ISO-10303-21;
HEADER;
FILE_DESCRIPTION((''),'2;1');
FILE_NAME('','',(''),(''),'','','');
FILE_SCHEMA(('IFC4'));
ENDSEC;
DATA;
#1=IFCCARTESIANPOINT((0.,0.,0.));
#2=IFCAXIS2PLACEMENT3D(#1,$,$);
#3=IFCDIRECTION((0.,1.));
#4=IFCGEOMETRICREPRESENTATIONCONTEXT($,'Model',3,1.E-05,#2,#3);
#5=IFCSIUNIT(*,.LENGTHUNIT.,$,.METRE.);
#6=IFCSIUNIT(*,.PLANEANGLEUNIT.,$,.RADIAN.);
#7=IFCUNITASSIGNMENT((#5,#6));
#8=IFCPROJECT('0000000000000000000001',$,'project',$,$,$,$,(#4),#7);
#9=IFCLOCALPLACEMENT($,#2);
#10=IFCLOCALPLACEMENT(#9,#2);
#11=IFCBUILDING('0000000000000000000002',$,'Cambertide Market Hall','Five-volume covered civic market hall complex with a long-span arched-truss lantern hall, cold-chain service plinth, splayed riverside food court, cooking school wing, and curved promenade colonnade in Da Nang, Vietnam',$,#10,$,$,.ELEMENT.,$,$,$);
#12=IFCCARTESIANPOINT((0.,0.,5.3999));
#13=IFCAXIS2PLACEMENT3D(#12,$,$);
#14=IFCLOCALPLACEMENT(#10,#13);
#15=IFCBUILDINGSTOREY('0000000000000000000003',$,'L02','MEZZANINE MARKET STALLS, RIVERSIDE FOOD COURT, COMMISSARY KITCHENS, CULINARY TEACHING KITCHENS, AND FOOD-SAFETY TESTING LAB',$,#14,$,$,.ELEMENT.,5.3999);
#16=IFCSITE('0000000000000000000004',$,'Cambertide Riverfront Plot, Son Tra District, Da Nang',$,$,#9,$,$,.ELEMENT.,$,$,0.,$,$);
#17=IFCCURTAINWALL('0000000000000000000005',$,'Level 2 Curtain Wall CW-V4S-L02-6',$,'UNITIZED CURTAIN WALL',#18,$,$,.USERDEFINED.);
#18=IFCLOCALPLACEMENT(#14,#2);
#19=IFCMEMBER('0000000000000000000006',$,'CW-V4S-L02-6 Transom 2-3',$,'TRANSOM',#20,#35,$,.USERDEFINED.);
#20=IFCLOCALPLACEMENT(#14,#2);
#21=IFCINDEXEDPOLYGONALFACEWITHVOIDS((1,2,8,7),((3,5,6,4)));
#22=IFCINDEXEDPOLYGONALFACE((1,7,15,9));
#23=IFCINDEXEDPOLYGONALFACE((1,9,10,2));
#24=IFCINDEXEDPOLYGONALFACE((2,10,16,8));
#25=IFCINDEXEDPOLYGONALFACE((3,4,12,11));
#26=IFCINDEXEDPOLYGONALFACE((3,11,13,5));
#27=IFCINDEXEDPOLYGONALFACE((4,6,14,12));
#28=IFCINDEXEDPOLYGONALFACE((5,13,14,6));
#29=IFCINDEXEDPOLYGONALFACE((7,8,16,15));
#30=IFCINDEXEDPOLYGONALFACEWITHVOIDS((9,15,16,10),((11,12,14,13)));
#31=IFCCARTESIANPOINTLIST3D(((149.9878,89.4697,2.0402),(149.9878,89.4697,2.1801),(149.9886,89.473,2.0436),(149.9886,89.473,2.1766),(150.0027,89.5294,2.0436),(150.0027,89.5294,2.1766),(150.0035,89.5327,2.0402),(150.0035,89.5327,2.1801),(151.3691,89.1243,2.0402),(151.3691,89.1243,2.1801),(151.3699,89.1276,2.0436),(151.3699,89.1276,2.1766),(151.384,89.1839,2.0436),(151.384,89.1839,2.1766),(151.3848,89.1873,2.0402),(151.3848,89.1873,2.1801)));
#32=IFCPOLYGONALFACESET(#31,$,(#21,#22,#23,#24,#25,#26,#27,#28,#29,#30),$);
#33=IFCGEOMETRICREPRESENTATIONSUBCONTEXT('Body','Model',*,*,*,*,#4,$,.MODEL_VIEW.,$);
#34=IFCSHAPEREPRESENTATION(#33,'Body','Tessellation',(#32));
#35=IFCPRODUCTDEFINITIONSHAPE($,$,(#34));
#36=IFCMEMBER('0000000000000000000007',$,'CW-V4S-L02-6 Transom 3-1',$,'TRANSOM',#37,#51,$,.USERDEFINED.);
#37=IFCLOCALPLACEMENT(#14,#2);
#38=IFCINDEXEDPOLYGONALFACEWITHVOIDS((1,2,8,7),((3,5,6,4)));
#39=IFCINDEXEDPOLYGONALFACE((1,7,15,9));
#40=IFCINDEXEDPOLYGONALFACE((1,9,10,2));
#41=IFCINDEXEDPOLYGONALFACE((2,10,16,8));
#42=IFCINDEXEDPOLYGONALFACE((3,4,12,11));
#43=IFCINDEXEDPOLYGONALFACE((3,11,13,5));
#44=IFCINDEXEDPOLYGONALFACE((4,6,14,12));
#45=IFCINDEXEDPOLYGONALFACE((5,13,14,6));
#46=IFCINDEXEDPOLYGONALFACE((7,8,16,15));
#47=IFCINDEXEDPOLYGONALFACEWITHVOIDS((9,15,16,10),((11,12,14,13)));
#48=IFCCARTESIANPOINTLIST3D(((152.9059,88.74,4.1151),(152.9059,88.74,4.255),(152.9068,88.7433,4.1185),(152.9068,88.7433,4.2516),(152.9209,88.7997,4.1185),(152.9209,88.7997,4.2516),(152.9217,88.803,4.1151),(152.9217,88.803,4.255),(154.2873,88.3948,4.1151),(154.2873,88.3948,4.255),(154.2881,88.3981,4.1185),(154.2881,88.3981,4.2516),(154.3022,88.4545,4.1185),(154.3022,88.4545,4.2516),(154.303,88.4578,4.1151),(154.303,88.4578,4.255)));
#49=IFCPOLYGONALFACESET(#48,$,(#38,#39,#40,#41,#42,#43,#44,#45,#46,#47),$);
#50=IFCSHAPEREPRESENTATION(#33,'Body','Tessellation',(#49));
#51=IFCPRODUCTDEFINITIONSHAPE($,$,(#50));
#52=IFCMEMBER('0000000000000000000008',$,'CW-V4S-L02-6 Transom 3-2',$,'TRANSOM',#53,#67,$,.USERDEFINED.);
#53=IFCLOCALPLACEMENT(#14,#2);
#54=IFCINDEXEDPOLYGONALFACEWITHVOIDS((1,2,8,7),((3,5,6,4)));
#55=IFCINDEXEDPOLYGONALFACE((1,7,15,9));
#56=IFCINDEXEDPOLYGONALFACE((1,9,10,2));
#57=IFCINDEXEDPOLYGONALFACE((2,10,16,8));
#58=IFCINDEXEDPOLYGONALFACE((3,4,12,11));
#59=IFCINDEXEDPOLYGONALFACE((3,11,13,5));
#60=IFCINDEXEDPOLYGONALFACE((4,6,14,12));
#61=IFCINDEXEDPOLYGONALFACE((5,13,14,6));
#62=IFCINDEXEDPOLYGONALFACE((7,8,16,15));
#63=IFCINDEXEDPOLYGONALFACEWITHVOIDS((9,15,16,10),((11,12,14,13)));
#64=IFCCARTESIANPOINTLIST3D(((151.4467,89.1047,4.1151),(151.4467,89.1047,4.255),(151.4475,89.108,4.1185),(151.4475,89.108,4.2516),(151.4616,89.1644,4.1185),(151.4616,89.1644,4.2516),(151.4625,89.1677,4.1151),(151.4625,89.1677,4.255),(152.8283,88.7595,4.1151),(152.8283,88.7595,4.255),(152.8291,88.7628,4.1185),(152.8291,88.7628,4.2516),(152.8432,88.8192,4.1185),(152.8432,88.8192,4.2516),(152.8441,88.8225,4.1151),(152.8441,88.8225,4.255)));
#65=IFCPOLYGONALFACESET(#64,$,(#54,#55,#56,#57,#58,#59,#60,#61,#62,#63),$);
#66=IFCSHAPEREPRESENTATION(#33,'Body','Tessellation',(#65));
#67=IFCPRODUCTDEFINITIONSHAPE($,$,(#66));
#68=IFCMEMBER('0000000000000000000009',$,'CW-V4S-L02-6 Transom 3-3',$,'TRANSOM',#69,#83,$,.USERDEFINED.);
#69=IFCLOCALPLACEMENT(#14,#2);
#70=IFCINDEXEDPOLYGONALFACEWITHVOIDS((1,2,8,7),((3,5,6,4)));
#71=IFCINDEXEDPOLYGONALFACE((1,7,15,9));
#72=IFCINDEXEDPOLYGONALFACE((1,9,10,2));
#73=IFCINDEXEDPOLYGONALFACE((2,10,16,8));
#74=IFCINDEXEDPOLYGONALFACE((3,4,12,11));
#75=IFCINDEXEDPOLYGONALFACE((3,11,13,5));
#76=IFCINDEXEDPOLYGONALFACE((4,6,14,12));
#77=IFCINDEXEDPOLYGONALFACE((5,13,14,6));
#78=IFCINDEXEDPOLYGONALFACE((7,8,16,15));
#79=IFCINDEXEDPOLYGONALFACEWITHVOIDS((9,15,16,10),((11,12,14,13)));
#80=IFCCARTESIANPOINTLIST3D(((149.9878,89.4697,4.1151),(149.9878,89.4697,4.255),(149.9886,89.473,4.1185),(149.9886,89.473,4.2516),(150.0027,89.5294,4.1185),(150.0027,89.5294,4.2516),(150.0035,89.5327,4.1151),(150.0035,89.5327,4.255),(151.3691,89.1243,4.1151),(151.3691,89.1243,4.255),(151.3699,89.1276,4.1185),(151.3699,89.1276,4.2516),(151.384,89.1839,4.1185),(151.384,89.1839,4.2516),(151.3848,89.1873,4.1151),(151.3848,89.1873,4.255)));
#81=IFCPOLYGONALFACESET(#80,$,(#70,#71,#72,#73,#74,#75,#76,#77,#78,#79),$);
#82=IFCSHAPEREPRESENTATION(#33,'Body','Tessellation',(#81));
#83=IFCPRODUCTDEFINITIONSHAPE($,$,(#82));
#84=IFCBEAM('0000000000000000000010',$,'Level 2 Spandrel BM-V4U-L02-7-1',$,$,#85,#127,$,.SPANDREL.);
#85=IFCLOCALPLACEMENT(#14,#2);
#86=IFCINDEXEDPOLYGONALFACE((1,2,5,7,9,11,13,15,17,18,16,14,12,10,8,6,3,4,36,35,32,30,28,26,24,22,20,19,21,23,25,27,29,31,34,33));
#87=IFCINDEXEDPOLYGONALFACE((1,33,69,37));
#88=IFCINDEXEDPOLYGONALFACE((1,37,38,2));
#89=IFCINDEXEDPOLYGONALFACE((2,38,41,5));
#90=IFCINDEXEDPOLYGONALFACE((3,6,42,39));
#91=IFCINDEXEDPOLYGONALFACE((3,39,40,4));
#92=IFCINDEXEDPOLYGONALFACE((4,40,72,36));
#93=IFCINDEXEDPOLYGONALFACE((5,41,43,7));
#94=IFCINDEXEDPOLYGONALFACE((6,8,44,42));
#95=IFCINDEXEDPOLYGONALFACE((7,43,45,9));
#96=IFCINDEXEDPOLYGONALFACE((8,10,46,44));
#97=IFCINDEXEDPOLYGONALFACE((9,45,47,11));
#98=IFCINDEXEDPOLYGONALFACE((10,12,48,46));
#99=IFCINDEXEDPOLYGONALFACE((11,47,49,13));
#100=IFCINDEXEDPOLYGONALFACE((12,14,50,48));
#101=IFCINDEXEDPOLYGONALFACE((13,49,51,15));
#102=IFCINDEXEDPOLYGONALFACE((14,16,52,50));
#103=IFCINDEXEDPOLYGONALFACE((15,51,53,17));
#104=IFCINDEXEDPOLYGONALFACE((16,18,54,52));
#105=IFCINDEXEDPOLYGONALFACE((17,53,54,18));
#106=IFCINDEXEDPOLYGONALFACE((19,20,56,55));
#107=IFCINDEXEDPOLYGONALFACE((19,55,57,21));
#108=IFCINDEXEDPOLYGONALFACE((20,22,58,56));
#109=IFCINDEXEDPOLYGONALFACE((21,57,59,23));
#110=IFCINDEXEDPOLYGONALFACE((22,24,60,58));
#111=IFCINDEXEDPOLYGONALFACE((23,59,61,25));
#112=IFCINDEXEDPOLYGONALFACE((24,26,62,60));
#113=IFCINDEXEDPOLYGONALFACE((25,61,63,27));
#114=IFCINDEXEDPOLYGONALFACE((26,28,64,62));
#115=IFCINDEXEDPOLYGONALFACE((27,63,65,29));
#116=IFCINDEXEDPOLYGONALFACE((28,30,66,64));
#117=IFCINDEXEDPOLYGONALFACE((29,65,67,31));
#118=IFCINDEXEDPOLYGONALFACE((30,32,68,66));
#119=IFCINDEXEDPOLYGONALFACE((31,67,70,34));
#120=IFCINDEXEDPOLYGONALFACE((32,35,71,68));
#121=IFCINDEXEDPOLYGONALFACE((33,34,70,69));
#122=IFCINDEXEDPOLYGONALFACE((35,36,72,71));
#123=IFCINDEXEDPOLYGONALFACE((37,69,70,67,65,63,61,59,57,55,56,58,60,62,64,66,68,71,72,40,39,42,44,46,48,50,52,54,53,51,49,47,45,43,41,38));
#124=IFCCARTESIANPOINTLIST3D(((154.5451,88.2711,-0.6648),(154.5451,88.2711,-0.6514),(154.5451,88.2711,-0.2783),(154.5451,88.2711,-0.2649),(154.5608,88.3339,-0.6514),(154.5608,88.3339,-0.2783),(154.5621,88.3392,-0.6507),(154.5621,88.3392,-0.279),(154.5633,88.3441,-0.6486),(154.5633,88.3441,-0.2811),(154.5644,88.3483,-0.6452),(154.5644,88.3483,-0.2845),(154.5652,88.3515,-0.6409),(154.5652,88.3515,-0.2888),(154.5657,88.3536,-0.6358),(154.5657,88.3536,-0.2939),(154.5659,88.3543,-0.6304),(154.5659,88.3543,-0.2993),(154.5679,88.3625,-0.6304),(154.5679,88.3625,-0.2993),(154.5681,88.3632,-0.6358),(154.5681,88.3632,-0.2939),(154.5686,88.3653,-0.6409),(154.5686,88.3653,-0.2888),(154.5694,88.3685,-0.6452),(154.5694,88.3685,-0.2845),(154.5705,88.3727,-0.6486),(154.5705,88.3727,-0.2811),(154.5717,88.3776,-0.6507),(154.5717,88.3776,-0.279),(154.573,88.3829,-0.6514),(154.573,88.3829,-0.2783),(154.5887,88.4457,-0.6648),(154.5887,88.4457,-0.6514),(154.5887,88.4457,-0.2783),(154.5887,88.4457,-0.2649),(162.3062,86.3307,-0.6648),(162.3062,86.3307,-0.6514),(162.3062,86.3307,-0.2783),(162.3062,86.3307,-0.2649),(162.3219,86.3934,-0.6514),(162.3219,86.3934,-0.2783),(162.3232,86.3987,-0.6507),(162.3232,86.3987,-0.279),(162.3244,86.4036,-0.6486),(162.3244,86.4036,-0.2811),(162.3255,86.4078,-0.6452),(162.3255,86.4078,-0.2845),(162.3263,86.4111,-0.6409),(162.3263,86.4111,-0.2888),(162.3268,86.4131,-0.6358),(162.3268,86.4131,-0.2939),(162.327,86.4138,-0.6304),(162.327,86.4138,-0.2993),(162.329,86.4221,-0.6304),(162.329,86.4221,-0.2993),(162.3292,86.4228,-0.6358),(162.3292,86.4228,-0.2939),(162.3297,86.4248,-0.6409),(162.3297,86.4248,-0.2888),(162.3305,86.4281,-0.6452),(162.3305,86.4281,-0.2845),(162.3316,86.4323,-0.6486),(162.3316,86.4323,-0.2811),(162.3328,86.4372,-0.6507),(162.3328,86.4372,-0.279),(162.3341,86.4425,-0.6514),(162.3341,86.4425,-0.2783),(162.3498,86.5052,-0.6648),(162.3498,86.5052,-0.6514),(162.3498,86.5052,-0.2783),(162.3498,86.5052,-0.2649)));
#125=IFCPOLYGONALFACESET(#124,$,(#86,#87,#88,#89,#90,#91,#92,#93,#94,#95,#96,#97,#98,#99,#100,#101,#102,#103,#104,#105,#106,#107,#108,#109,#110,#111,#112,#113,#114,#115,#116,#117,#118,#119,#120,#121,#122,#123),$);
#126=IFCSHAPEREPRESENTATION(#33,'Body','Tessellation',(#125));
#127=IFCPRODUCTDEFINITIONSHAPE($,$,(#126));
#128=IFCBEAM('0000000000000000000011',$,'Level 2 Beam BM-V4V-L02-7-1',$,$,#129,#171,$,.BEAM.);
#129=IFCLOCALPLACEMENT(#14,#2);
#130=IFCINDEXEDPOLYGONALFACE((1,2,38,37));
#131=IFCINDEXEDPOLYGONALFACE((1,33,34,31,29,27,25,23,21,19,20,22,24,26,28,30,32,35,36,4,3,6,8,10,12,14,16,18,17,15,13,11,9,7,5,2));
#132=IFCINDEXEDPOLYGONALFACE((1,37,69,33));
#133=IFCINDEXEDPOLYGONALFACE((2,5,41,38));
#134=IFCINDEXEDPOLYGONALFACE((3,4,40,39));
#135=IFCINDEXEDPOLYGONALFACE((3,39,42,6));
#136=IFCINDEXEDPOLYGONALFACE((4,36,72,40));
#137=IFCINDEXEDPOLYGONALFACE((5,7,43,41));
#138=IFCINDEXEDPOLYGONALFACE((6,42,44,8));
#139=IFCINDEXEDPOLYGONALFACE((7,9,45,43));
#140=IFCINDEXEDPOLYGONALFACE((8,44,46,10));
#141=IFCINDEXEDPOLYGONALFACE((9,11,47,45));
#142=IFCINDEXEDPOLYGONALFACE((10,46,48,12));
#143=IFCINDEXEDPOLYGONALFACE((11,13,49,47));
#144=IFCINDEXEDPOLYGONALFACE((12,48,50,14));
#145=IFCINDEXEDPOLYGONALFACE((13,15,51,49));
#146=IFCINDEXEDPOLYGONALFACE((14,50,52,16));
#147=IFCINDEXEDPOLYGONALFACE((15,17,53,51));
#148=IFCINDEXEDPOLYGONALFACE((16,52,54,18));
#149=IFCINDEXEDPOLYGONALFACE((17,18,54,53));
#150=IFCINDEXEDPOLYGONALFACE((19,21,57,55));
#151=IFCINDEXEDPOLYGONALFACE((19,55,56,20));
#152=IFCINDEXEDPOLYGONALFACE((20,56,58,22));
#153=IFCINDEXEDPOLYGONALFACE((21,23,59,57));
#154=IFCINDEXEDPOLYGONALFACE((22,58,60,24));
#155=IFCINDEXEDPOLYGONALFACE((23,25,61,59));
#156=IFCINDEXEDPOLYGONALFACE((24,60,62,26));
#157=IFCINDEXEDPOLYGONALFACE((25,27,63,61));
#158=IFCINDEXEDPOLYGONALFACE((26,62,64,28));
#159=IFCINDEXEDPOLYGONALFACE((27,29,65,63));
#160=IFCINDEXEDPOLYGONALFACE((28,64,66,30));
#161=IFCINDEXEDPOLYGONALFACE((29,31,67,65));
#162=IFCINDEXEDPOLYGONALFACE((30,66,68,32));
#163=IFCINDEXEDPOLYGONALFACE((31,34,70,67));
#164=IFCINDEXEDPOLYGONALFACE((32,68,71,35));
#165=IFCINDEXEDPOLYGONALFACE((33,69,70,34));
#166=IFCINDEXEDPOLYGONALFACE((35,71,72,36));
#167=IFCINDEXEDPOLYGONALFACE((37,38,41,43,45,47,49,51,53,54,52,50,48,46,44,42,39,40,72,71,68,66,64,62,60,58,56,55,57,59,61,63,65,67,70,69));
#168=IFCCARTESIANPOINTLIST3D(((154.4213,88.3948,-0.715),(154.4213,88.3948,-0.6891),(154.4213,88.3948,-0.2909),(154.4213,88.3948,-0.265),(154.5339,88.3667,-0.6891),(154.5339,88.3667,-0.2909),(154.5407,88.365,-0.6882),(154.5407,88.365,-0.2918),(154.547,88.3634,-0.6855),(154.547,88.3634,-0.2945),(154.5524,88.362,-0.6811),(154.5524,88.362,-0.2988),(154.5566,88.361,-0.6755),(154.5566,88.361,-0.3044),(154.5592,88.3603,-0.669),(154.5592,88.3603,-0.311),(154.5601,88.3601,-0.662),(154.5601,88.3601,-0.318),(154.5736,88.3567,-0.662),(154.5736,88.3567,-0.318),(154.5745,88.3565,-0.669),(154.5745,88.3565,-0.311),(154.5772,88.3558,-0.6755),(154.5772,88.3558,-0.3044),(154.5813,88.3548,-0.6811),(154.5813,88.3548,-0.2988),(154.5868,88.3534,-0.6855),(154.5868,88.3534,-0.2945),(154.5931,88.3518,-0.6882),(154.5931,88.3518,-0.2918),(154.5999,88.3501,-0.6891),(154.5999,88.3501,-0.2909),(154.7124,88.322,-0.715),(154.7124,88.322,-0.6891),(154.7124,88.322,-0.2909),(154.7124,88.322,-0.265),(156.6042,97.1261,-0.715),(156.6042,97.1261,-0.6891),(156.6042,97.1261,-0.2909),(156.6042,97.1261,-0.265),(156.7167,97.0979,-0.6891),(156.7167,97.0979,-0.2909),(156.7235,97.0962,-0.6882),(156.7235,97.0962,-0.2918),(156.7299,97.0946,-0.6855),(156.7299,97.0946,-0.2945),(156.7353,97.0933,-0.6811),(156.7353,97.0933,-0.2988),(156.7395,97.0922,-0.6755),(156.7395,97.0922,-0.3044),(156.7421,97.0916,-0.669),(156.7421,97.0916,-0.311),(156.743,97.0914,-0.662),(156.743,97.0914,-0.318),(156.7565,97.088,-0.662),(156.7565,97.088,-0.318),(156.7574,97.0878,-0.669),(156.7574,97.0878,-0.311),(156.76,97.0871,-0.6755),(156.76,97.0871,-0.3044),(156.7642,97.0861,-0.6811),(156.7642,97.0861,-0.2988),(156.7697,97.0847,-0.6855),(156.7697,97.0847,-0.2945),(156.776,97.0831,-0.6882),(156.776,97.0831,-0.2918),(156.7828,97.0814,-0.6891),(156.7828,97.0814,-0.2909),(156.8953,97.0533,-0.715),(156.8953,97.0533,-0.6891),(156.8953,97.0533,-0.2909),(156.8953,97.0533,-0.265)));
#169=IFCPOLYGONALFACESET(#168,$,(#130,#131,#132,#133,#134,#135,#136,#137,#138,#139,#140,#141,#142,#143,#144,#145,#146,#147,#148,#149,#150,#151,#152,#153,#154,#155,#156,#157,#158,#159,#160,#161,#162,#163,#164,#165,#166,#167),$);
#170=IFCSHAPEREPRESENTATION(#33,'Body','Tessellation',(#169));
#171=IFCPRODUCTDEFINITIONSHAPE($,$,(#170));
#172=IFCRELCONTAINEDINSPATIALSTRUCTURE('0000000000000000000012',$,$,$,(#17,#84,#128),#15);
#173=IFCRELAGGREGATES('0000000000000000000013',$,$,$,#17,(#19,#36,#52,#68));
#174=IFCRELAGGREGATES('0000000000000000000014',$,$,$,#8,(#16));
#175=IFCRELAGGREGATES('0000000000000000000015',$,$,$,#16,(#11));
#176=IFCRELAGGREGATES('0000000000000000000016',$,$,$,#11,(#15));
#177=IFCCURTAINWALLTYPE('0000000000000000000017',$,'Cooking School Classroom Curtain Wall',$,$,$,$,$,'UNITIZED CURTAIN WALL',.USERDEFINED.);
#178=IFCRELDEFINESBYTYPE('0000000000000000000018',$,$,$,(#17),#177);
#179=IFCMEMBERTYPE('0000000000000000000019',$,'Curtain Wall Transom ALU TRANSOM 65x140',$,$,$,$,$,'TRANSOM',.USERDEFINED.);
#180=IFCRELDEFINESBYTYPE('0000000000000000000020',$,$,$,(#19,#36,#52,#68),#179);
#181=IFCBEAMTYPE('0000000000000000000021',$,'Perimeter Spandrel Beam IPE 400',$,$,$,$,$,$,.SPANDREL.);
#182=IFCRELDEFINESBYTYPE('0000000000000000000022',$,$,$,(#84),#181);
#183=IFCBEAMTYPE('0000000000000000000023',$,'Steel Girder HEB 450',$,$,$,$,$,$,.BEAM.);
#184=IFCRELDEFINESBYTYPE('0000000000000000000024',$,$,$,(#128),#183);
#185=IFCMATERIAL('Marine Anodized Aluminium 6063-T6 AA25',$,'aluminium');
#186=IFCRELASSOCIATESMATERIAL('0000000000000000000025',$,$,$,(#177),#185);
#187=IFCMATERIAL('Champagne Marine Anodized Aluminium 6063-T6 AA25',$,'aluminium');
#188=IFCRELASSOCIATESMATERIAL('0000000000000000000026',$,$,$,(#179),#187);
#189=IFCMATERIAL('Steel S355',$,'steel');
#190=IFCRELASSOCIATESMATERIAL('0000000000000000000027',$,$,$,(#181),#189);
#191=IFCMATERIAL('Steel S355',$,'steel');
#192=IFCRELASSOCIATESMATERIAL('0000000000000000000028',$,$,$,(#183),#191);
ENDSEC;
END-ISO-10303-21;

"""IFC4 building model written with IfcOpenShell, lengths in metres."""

from ifc_helpers import new_model, si_unit, direction, frame, origin, origin_2d, place, context, subcontext, project, spatial, hollow_rectangle, i_section, extrude, material, material_profile, profile_set, type_object, element, aggregate, save


model = new_model("IFC4")

# Units and contexts
model_context = context("Model", 3, precision=1e-05, world=origin(), true_north=direction((0.0, 1.0)))
body_context = subcontext(model_context, "Body", "Model", "MODEL_VIEW")
ifc_project = project(units=[si_unit("LENGTHUNIT", "METRE"), si_unit("PLANEANGLEUNIT", "RADIAN")], contexts=[model_context])

# Site, building, storey
site_placement = place(None, origin())
site = spatial("IfcSite", under=ifc_project, at=site_placement, Name="Cambertide Riverfront Plot, Son Tra District, Da Nang", CompositionType="ELEMENT", RefElevation=0.0)
building_placement = place(site_placement, origin())
building = spatial("IfcBuilding", under=site, at=building_placement, Name="Cambertide Market Hall", Description="Five-volume covered civic market hall complex with a long-span arched-truss lantern hall, cold-chain service plinth, splayed riverside food court, cooking school wing, and curved promenade colonnade in Da Nang, Vietnam", CompositionType="ELEMENT")
storey_placement = place(building_placement, frame((0.0, 0.0, 5.3999)))
storey = spatial("IfcBuildingStorey", under=building, at=storey_placement, Name="L02", Description="MEZZANINE MARKET STALLS, RIVERSIDE FOOD COURT, COMMISSARY KITCHENS, CULINARY TEACHING KITCHENS, AND FOOD-SAFETY TESTING LAB", CompositionType="ELEMENT", Elevation=5.3999)

# Curtain wall, members
ifc_material_1 = material(Name="Marine Anodized Aluminium 6063-T6 AA25", Category="aluminium")
curtain_wall_type = type_object("IfcCurtainWallType", Name="Cooking School Classroom Curtain Wall", ElementType="UNITIZED CURTAIN WALL", PredefinedType="USERDEFINED", material=ifc_material_1)
curtain_wall_placement = place(storey_placement, origin())
curtain_wall = element("IfcCurtainWall", 1, at=curtain_wall_placement, inside=storey, type_object=curtain_wall_type, Name="Level 2 Curtain Wall CW-V4S-L02-6", ObjectType="UNITIZED CURTAIN WALL", PredefinedType="USERDEFINED")
ifc_material_2 = material(Name="Champagne Marine Anodized Aluminium 6063-T6 AA25", Category="aluminium")
ifc_material_profile_1 = material_profile(ifc_material_2, hollow_rectangle(XDim=0.0649, YDim=0.1399, WallThickness=0.0034, at=origin_2d()), Name="ALU TRANSOM 65x140")
ifc_profile_set_1 = profile_set([ifc_material_profile_1], Name="Champagne Marine Anodized Aluminium 6063-T6 AA25")
member_type_1 = type_object("IfcMemberType", Name="Curtain Wall Transom ALU TRANSOM 65x140", ElementType="TRANSOM", PredefinedType="USERDEFINED", material=ifc_profile_set_1)
member_1_placement = place(storey_placement, frame((151.377, 89.1558, 2.1101), z_axis=(-0.970122, 0.242616, 0.0), x_axis=(-0.242616, -0.970122, 0.0)))
member_1 = element("IfcMember", 2, at=member_1_placement, type_object=member_type_1, Name="CW-V4S-L02-6 Transom 2-3", ObjectType="TRANSOM", PredefinedType="USERDEFINED", context=body_context, shape_type="SweptSolid", body=[
    extrude(hollow_rectangle(XDim=0.0649, YDim=0.1399, WallThickness=0.0034, at=origin_2d()), origin(), (0.0, 0.0, 1.0), 1.4238),
])
member_2_placement = place(storey_placement, frame((154.2952, 88.4263, 4.1851), z_axis=(-0.970163, 0.242455, 0.0), x_axis=(-0.242455, -0.970163, 0.0)))
member_2 = element("IfcMember", 3, at=member_2_placement, type_object=member_type_1, Name="CW-V4S-L02-6 Transom 3-1", ObjectType="TRANSOM", PredefinedType="USERDEFINED", context=body_context, shape_type="SweptSolid", body=[
    extrude(hollow_rectangle(XDim=0.0649, YDim=0.1399, WallThickness=0.0034, at=origin_2d()), origin(), (0.0, 0.0, 1.0), 1.4238),
])
member_3_placement = place(storey_placement, frame((152.8362, 88.791, 4.1851), z_axis=(-0.970173, 0.242415, 0.0), x_axis=(-0.242415, -0.970173, 0.0)))
member_3 = element("IfcMember", 4, at=member_3_placement, type_object=member_type_1, Name="CW-V4S-L02-6 Transom 3-2", ObjectType="TRANSOM", PredefinedType="USERDEFINED", context=body_context, shape_type="SweptSolid", body=[
    extrude(hollow_rectangle(XDim=0.0649, YDim=0.1399, WallThickness=0.0034, at=origin_2d()), origin(), (0.0, 0.0, 1.0), 1.4241),
])
member_4_placement = place(storey_placement, frame((151.377, 89.1558, 4.1851), z_axis=(-0.970122, 0.242616, 0.0), x_axis=(-0.242616, -0.970122, 0.0)))
member_4 = element("IfcMember", 5, at=member_4_placement, type_object=member_type_1, Name="CW-V4S-L02-6 Transom 3-3", ObjectType="TRANSOM", PredefinedType="USERDEFINED", context=body_context, shape_type="SweptSolid", body=[
    extrude(hollow_rectangle(XDim=0.0649, YDim=0.1399, WallThickness=0.0034, at=origin_2d()), origin(), (0.0, 0.0, 1.0), 1.4238),
])

# Beams
ifc_material_3 = material(Name="Steel S355", Category="steel")
ifc_material_profile_2 = material_profile(ifc_material_3, i_section(OverallWidth=0.1799, OverallDepth=0.3999, WebThickness=0.0085, FlangeThickness=0.0134, FilletRadius=0.021, at=origin_2d()), Name="IPE 400")
ifc_profile_set_2 = profile_set([ifc_material_profile_2], Name="Steel S355")
beam_type_1 = type_object("IfcBeamType", Name="Perimeter Spandrel Beam IPE 400", PredefinedType="SPANDREL", material=ifc_profile_set_2)
beam_1_placement = place(storey_placement, frame((154.5669, 88.3584, -0.4648), z_axis=(0.970137, -0.242557, 0.0), x_axis=(0.242557, 0.970137, 0.0)))
element("IfcBeam", 6, at=beam_1_placement, inside=storey, type_object=beam_type_1, Name="Level 2 Spandrel BM-V4U-L02-7-1", PredefinedType="SPANDREL", context=body_context, shape_type="SweptSolid", body=[
    extrude(i_section(OverallWidth=0.1799, OverallDepth=0.3999, WebThickness=0.0085, FlangeThickness=0.0134, FilletRadius=0.021, at=origin_2d()), origin(), (0.0, 0.0, 1.0), 8.0),
])
ifc_material_4 = material(Name="Steel S355", Category="steel")
ifc_material_profile_3 = material_profile(ifc_material_4, i_section(OverallWidth=0.3, OverallDepth=0.45, WebThickness=0.0139, FlangeThickness=0.0259, FilletRadius=0.0271, at=origin_2d()), Name="HEB 450")
ifc_profile_set_3 = profile_set([ifc_material_profile_3], Name="Steel S355")
beam_type_2 = type_object("IfcBeamType", Name="Steel Girder HEB 450", PredefinedType="BEAM", material=ifc_profile_set_3)
beam_2_placement = place(storey_placement, frame((154.5669, 88.3584, -0.49), z_axis=(0.242542, 0.970141, 0.0), x_axis=(-0.970141, 0.242542, 0.0)))
element("IfcBeam", 7, at=beam_2_placement, inside=storey, type_object=beam_type_2, Name="Level 2 Beam BM-V4V-L02-7-1", PredefinedType="BEAM", context=body_context, shape_type="SweptSolid", body=[
    extrude(i_section(OverallWidth=0.3, OverallDepth=0.45, WebThickness=0.0139, FlangeThickness=0.0259, FilletRadius=0.0271, at=origin_2d()), origin(), (0.0, 0.0, 1.0), 9.0),
])

aggregate(curtain_wall, [member_1, member_2, member_3, member_4])

save(model, "model.ifc")
